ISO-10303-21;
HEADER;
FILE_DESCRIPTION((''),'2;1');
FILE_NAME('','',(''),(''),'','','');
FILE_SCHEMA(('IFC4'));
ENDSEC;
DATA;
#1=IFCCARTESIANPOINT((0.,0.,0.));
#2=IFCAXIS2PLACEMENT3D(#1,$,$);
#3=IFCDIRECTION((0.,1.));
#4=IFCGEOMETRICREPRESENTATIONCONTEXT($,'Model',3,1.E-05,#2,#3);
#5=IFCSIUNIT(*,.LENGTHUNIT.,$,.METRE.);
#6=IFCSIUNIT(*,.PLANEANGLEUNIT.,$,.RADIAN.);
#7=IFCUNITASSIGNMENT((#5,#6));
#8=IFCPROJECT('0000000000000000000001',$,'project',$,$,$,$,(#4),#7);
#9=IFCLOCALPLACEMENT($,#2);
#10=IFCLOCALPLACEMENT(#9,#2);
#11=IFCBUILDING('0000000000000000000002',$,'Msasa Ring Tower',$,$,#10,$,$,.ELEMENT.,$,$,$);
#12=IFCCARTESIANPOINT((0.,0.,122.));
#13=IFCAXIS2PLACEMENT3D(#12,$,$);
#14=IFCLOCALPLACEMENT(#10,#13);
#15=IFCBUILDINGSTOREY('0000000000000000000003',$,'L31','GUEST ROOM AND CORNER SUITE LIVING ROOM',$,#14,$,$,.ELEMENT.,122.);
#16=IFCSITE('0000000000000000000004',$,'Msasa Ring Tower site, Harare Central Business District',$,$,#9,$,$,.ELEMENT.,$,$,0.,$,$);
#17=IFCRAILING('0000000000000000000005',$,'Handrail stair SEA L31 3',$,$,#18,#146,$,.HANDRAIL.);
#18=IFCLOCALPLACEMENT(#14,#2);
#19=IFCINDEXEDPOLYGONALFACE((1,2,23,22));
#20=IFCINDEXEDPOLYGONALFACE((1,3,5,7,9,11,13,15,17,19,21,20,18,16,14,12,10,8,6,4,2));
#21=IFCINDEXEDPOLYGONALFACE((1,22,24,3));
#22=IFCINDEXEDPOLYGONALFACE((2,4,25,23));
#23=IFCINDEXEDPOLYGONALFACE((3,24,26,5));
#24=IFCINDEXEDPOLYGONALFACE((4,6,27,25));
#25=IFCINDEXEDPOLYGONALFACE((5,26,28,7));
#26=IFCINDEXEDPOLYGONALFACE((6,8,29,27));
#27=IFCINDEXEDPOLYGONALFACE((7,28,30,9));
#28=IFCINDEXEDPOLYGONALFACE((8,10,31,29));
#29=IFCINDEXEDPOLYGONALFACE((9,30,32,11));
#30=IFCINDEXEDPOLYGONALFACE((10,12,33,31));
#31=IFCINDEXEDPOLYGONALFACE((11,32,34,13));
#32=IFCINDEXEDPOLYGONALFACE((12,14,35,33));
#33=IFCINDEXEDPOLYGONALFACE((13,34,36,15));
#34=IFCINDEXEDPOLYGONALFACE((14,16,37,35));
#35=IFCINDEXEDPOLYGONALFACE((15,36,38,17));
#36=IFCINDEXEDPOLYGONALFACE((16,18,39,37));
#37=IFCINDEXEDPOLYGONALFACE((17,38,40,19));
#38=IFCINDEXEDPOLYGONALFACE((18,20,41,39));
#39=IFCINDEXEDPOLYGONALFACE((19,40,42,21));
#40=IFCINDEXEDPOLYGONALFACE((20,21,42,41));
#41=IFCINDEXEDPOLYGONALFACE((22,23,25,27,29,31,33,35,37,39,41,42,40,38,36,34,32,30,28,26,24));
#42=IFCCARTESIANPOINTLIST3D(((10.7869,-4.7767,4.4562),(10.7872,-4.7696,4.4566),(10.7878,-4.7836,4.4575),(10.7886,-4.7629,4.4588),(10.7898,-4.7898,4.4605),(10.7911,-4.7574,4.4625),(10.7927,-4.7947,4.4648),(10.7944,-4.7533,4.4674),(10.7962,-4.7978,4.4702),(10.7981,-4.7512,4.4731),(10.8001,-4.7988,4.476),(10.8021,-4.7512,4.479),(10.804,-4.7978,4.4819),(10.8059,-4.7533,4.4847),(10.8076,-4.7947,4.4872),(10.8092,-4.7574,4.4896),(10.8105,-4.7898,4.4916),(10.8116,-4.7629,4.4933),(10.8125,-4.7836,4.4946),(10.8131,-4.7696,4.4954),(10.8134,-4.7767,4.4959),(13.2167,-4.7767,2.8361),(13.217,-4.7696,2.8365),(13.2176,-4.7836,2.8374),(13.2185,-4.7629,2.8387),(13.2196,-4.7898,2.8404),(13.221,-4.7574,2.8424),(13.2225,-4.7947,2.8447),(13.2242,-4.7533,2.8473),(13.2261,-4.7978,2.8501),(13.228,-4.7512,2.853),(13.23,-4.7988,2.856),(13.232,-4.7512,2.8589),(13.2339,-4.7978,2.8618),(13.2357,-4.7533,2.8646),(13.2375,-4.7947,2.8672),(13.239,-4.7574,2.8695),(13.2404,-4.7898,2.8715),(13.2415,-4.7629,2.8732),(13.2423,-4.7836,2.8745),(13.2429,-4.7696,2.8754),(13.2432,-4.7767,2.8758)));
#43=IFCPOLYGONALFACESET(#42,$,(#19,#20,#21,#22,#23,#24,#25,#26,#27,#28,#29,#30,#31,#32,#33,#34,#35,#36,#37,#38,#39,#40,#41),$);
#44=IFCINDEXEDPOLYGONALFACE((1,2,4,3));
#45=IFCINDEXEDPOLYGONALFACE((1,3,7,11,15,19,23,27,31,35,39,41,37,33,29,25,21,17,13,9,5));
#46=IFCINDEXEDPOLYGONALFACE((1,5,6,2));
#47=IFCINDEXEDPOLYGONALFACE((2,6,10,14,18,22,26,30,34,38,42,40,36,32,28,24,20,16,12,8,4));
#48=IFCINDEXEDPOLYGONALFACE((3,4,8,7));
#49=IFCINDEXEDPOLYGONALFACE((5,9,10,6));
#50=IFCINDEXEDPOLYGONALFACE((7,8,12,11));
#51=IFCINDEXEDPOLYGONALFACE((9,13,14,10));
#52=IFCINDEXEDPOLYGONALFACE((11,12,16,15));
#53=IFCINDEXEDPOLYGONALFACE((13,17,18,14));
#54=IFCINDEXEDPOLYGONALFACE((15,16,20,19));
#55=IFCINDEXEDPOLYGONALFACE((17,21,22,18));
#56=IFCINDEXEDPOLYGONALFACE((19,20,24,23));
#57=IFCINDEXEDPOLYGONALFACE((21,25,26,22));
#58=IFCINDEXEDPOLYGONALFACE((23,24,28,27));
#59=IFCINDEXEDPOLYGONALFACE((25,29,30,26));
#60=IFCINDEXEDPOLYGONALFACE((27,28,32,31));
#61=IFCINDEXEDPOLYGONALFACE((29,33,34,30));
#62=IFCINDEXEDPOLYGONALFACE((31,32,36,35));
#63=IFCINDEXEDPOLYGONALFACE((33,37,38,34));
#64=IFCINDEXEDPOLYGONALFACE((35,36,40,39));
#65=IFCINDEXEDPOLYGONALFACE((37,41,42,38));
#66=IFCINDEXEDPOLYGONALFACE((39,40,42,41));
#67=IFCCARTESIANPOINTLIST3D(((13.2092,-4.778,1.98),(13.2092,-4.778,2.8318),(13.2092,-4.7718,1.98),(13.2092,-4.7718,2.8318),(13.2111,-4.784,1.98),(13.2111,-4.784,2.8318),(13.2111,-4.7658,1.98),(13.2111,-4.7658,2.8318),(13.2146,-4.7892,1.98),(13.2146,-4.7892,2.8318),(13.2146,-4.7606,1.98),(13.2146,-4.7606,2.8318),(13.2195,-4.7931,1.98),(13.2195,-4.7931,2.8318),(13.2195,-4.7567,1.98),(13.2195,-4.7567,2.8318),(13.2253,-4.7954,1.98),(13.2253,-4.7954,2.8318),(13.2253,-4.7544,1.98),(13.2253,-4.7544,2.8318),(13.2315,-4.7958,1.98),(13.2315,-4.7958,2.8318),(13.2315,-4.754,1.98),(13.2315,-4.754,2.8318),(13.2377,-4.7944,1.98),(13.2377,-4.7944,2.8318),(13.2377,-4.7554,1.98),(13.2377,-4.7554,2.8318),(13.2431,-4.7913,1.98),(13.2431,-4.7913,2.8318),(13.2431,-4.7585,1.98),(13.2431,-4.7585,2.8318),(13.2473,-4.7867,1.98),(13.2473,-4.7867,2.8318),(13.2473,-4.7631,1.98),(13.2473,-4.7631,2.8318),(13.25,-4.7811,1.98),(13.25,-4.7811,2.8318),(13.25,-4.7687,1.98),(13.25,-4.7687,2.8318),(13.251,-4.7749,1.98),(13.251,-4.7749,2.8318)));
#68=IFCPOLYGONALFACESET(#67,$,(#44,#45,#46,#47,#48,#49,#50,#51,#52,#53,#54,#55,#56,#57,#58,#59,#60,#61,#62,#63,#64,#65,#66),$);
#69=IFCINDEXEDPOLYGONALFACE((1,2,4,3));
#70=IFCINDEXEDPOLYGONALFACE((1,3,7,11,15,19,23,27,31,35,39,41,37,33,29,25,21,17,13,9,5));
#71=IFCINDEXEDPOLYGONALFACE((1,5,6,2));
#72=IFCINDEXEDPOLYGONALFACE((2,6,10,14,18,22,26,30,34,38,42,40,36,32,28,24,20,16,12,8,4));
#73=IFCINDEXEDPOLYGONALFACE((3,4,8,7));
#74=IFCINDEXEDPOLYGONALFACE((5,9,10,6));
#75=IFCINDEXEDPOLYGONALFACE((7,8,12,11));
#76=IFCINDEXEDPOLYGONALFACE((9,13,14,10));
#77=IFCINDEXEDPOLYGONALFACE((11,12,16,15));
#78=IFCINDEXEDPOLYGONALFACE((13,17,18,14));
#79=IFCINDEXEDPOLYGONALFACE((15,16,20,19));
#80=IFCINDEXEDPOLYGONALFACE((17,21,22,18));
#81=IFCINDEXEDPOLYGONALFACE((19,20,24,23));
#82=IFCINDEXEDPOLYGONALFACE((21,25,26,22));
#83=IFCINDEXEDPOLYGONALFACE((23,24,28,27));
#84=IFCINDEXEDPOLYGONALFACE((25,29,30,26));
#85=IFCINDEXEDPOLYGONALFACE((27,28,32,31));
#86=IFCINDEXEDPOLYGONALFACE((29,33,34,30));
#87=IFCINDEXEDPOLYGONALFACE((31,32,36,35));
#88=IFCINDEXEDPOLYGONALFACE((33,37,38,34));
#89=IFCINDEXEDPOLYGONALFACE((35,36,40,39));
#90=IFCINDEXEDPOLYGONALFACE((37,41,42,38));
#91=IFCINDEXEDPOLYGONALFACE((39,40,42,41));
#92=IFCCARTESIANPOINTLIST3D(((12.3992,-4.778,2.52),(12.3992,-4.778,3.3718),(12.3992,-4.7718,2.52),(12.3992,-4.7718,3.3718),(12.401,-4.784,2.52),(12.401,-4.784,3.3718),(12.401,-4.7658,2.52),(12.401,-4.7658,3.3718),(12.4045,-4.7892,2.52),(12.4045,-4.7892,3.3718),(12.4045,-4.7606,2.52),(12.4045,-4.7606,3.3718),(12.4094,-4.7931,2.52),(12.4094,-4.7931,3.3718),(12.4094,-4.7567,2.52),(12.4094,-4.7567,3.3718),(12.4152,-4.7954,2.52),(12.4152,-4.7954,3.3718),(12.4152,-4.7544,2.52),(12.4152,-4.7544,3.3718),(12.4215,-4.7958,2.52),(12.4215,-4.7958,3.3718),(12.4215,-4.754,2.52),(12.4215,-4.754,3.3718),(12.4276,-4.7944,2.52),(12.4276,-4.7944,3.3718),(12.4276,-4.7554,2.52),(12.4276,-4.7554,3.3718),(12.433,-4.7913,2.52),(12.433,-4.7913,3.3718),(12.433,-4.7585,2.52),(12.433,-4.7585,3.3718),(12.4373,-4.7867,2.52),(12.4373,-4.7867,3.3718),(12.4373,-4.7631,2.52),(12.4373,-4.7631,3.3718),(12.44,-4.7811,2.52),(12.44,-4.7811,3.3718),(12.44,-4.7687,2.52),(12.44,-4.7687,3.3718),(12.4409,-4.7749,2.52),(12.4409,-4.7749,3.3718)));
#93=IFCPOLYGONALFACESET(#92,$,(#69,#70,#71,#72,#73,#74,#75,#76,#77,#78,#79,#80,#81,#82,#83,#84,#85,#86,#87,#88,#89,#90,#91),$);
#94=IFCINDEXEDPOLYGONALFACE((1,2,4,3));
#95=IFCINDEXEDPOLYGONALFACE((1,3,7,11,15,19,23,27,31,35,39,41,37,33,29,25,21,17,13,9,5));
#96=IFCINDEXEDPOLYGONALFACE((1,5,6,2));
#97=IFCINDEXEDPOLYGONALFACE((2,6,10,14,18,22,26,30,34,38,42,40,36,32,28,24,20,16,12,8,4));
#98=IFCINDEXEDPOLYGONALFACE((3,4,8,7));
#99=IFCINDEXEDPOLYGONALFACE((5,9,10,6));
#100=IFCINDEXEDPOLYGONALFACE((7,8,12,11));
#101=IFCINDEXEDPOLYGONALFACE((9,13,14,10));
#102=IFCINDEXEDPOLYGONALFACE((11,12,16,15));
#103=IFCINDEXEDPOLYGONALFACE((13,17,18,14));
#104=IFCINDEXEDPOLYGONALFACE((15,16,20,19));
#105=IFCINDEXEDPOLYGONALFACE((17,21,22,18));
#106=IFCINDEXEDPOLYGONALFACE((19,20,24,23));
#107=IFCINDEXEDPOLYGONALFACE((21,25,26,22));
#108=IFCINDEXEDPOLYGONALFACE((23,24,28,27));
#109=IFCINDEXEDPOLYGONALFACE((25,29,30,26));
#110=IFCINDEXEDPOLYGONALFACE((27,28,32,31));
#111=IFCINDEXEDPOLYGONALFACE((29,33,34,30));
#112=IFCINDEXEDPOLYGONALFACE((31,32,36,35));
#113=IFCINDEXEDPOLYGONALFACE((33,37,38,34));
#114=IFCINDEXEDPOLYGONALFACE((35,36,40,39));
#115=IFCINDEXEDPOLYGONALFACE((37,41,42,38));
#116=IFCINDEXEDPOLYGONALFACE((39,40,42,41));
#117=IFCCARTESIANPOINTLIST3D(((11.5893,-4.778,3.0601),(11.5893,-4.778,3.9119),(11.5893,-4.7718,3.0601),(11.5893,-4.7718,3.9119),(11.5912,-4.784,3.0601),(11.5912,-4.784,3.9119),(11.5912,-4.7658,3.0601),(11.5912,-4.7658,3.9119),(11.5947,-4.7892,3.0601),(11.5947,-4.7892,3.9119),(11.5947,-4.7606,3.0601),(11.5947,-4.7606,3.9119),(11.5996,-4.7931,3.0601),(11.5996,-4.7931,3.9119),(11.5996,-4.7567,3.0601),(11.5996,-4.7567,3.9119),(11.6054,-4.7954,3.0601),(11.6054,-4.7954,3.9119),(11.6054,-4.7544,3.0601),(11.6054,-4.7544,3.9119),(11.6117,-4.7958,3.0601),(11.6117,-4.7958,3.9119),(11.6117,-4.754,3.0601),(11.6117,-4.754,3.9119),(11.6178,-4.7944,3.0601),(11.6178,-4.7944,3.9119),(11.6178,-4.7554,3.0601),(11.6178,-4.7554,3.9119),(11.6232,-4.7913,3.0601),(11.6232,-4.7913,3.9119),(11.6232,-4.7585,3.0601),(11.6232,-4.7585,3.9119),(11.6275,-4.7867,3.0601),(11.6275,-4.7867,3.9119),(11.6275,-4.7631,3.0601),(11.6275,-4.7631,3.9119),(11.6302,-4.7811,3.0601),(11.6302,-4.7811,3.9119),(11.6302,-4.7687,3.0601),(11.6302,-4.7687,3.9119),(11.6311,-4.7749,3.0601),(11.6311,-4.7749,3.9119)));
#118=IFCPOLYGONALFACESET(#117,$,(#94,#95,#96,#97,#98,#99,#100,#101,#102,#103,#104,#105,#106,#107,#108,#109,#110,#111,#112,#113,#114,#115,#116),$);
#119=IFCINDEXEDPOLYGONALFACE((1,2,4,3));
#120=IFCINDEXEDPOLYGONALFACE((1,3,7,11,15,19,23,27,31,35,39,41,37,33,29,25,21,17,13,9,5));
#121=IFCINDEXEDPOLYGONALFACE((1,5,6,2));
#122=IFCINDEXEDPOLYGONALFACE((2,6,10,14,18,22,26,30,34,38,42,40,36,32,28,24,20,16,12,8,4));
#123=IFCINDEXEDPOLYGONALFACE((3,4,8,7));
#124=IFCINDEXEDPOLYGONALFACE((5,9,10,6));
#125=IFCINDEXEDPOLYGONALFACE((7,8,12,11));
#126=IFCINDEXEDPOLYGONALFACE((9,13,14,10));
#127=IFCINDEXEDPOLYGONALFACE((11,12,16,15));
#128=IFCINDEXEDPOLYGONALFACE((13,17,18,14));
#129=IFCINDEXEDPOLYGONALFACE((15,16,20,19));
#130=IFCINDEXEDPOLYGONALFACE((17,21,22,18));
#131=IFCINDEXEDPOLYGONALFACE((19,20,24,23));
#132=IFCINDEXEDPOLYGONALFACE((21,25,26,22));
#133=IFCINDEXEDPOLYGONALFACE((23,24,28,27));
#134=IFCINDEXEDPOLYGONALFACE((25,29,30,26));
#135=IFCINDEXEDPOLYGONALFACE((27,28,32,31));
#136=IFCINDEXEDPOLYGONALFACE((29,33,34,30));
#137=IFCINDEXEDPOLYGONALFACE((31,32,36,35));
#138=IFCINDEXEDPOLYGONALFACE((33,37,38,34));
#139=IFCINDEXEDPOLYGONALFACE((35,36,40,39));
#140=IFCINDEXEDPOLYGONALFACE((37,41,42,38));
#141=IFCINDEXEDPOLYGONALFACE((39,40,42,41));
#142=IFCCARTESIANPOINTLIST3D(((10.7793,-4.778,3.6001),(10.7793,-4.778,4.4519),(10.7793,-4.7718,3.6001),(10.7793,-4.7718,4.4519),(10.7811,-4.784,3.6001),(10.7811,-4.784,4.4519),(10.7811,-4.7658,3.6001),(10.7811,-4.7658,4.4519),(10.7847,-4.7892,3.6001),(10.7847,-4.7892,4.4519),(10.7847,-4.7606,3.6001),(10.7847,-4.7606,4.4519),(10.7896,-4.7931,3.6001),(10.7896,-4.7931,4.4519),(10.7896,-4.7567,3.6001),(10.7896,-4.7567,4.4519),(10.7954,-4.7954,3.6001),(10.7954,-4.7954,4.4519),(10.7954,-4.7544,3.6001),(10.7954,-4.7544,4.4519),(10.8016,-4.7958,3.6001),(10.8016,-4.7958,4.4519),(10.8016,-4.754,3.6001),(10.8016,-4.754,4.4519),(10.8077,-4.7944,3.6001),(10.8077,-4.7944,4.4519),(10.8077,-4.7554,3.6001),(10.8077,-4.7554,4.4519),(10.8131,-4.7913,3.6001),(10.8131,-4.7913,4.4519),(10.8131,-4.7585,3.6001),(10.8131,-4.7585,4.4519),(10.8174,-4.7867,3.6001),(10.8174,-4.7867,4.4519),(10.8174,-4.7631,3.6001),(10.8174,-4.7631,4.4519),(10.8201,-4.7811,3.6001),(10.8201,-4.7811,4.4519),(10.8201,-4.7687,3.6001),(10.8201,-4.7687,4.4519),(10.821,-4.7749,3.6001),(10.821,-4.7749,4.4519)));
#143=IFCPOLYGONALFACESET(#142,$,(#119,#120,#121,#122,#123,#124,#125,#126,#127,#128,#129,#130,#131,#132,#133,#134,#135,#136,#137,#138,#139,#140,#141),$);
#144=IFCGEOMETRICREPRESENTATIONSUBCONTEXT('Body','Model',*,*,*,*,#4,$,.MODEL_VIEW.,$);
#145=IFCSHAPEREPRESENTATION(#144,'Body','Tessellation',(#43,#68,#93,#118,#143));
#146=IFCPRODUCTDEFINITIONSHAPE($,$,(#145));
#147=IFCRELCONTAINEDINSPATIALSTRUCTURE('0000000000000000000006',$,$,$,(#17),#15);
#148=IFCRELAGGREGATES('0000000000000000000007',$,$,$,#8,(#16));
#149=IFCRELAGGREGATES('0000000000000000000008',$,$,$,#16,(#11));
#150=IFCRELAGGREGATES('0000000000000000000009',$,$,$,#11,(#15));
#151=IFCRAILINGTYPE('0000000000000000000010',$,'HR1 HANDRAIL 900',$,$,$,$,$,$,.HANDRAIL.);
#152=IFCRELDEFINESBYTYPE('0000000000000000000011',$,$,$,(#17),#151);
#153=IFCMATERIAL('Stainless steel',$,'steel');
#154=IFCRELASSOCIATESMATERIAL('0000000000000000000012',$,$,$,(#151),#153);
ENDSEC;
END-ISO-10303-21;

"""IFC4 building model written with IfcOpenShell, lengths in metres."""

from ifc_helpers import new_model, si_unit, direction, frame, origin, origin_2d, place, context, subcontext, project, spatial, circle, extrude, material, type_object, element, save


model = new_model("IFC4")

# Units and contexts
model_context = context("Model", 3, precision=1e-05, world=origin(), true_north=direction((0.0, 1.0)))
body_context = subcontext(model_context, "Body", "Model", "MODEL_VIEW")
ifc_project = project(units=[si_unit("LENGTHUNIT", "METRE"), si_unit("PLANEANGLEUNIT", "RADIAN")], contexts=[model_context])

# Site, building, storey
site_placement = place(None, origin())
site = spatial("IfcSite", under=ifc_project, at=site_placement, Name="Msasa Ring Tower site, Harare Central Business District", CompositionType="ELEMENT", RefElevation=0.0)
building_placement = place(site_placement, origin())
building = spatial("IfcBuilding", under=site, at=building_placement, Name="Msasa Ring Tower", CompositionType="ELEMENT")
storey_placement = place(building_placement, frame((0.0, 0.0, 122.0)))
storey = spatial("IfcBuildingStorey", under=building, at=storey_placement, Name="L31", Description="GUEST ROOM AND CORNER SUITE LIVING ROOM", CompositionType="ELEMENT", Elevation=122.0)

# Railing
ifc_material_1 = material(Name="Stainless steel", Category="steel")
railing_type = type_object("IfcRailingType", Name="HR1 HANDRAIL 900", PredefinedType="HANDRAIL", material=ifc_material_1)
for number, where, name in (
    (1, (13.23, -4.7749, 1.98), "Handrail stair SEA L31 3"),
):
    element("IfcRailing", number, at=place(storey_placement, frame(where)), inside=storey, type_object=railing_type, Name=name, PredefinedType="HANDRAIL", context=body_context, shape_type="SweptSolid", body=[
        extrude(circle(Radius=0.0239, at=origin_2d()), frame((0.0, 0.0, 0.876), z_axis=(-0.832025, 0.0, 0.554739), x_axis=(0.0, -1.0, 0.0)), (0.0, 0.0, 1.0), 2.9204),
        extrude(circle(Radius=0.021, at=origin_2d()), origin(), (0.0, 0.0, 1.0), 0.8518),
        extrude(circle(Radius=0.021, at=origin_2d()), frame((-0.8101, 0.0, 0.54)), (0.0, 0.0, 1.0), 0.8518),
        extrude(circle(Radius=0.021, at=origin_2d()), frame((-1.6199, 0.0, 1.0801)), (0.0, 0.0, 1.0), 0.8518),
        extrude(circle(Radius=0.021, at=origin_2d()), frame((-2.4299, 0.0, 1.6201)), (0.0, 0.0, 1.0), 0.8518),
    ])

save(model, "model.ifc")
